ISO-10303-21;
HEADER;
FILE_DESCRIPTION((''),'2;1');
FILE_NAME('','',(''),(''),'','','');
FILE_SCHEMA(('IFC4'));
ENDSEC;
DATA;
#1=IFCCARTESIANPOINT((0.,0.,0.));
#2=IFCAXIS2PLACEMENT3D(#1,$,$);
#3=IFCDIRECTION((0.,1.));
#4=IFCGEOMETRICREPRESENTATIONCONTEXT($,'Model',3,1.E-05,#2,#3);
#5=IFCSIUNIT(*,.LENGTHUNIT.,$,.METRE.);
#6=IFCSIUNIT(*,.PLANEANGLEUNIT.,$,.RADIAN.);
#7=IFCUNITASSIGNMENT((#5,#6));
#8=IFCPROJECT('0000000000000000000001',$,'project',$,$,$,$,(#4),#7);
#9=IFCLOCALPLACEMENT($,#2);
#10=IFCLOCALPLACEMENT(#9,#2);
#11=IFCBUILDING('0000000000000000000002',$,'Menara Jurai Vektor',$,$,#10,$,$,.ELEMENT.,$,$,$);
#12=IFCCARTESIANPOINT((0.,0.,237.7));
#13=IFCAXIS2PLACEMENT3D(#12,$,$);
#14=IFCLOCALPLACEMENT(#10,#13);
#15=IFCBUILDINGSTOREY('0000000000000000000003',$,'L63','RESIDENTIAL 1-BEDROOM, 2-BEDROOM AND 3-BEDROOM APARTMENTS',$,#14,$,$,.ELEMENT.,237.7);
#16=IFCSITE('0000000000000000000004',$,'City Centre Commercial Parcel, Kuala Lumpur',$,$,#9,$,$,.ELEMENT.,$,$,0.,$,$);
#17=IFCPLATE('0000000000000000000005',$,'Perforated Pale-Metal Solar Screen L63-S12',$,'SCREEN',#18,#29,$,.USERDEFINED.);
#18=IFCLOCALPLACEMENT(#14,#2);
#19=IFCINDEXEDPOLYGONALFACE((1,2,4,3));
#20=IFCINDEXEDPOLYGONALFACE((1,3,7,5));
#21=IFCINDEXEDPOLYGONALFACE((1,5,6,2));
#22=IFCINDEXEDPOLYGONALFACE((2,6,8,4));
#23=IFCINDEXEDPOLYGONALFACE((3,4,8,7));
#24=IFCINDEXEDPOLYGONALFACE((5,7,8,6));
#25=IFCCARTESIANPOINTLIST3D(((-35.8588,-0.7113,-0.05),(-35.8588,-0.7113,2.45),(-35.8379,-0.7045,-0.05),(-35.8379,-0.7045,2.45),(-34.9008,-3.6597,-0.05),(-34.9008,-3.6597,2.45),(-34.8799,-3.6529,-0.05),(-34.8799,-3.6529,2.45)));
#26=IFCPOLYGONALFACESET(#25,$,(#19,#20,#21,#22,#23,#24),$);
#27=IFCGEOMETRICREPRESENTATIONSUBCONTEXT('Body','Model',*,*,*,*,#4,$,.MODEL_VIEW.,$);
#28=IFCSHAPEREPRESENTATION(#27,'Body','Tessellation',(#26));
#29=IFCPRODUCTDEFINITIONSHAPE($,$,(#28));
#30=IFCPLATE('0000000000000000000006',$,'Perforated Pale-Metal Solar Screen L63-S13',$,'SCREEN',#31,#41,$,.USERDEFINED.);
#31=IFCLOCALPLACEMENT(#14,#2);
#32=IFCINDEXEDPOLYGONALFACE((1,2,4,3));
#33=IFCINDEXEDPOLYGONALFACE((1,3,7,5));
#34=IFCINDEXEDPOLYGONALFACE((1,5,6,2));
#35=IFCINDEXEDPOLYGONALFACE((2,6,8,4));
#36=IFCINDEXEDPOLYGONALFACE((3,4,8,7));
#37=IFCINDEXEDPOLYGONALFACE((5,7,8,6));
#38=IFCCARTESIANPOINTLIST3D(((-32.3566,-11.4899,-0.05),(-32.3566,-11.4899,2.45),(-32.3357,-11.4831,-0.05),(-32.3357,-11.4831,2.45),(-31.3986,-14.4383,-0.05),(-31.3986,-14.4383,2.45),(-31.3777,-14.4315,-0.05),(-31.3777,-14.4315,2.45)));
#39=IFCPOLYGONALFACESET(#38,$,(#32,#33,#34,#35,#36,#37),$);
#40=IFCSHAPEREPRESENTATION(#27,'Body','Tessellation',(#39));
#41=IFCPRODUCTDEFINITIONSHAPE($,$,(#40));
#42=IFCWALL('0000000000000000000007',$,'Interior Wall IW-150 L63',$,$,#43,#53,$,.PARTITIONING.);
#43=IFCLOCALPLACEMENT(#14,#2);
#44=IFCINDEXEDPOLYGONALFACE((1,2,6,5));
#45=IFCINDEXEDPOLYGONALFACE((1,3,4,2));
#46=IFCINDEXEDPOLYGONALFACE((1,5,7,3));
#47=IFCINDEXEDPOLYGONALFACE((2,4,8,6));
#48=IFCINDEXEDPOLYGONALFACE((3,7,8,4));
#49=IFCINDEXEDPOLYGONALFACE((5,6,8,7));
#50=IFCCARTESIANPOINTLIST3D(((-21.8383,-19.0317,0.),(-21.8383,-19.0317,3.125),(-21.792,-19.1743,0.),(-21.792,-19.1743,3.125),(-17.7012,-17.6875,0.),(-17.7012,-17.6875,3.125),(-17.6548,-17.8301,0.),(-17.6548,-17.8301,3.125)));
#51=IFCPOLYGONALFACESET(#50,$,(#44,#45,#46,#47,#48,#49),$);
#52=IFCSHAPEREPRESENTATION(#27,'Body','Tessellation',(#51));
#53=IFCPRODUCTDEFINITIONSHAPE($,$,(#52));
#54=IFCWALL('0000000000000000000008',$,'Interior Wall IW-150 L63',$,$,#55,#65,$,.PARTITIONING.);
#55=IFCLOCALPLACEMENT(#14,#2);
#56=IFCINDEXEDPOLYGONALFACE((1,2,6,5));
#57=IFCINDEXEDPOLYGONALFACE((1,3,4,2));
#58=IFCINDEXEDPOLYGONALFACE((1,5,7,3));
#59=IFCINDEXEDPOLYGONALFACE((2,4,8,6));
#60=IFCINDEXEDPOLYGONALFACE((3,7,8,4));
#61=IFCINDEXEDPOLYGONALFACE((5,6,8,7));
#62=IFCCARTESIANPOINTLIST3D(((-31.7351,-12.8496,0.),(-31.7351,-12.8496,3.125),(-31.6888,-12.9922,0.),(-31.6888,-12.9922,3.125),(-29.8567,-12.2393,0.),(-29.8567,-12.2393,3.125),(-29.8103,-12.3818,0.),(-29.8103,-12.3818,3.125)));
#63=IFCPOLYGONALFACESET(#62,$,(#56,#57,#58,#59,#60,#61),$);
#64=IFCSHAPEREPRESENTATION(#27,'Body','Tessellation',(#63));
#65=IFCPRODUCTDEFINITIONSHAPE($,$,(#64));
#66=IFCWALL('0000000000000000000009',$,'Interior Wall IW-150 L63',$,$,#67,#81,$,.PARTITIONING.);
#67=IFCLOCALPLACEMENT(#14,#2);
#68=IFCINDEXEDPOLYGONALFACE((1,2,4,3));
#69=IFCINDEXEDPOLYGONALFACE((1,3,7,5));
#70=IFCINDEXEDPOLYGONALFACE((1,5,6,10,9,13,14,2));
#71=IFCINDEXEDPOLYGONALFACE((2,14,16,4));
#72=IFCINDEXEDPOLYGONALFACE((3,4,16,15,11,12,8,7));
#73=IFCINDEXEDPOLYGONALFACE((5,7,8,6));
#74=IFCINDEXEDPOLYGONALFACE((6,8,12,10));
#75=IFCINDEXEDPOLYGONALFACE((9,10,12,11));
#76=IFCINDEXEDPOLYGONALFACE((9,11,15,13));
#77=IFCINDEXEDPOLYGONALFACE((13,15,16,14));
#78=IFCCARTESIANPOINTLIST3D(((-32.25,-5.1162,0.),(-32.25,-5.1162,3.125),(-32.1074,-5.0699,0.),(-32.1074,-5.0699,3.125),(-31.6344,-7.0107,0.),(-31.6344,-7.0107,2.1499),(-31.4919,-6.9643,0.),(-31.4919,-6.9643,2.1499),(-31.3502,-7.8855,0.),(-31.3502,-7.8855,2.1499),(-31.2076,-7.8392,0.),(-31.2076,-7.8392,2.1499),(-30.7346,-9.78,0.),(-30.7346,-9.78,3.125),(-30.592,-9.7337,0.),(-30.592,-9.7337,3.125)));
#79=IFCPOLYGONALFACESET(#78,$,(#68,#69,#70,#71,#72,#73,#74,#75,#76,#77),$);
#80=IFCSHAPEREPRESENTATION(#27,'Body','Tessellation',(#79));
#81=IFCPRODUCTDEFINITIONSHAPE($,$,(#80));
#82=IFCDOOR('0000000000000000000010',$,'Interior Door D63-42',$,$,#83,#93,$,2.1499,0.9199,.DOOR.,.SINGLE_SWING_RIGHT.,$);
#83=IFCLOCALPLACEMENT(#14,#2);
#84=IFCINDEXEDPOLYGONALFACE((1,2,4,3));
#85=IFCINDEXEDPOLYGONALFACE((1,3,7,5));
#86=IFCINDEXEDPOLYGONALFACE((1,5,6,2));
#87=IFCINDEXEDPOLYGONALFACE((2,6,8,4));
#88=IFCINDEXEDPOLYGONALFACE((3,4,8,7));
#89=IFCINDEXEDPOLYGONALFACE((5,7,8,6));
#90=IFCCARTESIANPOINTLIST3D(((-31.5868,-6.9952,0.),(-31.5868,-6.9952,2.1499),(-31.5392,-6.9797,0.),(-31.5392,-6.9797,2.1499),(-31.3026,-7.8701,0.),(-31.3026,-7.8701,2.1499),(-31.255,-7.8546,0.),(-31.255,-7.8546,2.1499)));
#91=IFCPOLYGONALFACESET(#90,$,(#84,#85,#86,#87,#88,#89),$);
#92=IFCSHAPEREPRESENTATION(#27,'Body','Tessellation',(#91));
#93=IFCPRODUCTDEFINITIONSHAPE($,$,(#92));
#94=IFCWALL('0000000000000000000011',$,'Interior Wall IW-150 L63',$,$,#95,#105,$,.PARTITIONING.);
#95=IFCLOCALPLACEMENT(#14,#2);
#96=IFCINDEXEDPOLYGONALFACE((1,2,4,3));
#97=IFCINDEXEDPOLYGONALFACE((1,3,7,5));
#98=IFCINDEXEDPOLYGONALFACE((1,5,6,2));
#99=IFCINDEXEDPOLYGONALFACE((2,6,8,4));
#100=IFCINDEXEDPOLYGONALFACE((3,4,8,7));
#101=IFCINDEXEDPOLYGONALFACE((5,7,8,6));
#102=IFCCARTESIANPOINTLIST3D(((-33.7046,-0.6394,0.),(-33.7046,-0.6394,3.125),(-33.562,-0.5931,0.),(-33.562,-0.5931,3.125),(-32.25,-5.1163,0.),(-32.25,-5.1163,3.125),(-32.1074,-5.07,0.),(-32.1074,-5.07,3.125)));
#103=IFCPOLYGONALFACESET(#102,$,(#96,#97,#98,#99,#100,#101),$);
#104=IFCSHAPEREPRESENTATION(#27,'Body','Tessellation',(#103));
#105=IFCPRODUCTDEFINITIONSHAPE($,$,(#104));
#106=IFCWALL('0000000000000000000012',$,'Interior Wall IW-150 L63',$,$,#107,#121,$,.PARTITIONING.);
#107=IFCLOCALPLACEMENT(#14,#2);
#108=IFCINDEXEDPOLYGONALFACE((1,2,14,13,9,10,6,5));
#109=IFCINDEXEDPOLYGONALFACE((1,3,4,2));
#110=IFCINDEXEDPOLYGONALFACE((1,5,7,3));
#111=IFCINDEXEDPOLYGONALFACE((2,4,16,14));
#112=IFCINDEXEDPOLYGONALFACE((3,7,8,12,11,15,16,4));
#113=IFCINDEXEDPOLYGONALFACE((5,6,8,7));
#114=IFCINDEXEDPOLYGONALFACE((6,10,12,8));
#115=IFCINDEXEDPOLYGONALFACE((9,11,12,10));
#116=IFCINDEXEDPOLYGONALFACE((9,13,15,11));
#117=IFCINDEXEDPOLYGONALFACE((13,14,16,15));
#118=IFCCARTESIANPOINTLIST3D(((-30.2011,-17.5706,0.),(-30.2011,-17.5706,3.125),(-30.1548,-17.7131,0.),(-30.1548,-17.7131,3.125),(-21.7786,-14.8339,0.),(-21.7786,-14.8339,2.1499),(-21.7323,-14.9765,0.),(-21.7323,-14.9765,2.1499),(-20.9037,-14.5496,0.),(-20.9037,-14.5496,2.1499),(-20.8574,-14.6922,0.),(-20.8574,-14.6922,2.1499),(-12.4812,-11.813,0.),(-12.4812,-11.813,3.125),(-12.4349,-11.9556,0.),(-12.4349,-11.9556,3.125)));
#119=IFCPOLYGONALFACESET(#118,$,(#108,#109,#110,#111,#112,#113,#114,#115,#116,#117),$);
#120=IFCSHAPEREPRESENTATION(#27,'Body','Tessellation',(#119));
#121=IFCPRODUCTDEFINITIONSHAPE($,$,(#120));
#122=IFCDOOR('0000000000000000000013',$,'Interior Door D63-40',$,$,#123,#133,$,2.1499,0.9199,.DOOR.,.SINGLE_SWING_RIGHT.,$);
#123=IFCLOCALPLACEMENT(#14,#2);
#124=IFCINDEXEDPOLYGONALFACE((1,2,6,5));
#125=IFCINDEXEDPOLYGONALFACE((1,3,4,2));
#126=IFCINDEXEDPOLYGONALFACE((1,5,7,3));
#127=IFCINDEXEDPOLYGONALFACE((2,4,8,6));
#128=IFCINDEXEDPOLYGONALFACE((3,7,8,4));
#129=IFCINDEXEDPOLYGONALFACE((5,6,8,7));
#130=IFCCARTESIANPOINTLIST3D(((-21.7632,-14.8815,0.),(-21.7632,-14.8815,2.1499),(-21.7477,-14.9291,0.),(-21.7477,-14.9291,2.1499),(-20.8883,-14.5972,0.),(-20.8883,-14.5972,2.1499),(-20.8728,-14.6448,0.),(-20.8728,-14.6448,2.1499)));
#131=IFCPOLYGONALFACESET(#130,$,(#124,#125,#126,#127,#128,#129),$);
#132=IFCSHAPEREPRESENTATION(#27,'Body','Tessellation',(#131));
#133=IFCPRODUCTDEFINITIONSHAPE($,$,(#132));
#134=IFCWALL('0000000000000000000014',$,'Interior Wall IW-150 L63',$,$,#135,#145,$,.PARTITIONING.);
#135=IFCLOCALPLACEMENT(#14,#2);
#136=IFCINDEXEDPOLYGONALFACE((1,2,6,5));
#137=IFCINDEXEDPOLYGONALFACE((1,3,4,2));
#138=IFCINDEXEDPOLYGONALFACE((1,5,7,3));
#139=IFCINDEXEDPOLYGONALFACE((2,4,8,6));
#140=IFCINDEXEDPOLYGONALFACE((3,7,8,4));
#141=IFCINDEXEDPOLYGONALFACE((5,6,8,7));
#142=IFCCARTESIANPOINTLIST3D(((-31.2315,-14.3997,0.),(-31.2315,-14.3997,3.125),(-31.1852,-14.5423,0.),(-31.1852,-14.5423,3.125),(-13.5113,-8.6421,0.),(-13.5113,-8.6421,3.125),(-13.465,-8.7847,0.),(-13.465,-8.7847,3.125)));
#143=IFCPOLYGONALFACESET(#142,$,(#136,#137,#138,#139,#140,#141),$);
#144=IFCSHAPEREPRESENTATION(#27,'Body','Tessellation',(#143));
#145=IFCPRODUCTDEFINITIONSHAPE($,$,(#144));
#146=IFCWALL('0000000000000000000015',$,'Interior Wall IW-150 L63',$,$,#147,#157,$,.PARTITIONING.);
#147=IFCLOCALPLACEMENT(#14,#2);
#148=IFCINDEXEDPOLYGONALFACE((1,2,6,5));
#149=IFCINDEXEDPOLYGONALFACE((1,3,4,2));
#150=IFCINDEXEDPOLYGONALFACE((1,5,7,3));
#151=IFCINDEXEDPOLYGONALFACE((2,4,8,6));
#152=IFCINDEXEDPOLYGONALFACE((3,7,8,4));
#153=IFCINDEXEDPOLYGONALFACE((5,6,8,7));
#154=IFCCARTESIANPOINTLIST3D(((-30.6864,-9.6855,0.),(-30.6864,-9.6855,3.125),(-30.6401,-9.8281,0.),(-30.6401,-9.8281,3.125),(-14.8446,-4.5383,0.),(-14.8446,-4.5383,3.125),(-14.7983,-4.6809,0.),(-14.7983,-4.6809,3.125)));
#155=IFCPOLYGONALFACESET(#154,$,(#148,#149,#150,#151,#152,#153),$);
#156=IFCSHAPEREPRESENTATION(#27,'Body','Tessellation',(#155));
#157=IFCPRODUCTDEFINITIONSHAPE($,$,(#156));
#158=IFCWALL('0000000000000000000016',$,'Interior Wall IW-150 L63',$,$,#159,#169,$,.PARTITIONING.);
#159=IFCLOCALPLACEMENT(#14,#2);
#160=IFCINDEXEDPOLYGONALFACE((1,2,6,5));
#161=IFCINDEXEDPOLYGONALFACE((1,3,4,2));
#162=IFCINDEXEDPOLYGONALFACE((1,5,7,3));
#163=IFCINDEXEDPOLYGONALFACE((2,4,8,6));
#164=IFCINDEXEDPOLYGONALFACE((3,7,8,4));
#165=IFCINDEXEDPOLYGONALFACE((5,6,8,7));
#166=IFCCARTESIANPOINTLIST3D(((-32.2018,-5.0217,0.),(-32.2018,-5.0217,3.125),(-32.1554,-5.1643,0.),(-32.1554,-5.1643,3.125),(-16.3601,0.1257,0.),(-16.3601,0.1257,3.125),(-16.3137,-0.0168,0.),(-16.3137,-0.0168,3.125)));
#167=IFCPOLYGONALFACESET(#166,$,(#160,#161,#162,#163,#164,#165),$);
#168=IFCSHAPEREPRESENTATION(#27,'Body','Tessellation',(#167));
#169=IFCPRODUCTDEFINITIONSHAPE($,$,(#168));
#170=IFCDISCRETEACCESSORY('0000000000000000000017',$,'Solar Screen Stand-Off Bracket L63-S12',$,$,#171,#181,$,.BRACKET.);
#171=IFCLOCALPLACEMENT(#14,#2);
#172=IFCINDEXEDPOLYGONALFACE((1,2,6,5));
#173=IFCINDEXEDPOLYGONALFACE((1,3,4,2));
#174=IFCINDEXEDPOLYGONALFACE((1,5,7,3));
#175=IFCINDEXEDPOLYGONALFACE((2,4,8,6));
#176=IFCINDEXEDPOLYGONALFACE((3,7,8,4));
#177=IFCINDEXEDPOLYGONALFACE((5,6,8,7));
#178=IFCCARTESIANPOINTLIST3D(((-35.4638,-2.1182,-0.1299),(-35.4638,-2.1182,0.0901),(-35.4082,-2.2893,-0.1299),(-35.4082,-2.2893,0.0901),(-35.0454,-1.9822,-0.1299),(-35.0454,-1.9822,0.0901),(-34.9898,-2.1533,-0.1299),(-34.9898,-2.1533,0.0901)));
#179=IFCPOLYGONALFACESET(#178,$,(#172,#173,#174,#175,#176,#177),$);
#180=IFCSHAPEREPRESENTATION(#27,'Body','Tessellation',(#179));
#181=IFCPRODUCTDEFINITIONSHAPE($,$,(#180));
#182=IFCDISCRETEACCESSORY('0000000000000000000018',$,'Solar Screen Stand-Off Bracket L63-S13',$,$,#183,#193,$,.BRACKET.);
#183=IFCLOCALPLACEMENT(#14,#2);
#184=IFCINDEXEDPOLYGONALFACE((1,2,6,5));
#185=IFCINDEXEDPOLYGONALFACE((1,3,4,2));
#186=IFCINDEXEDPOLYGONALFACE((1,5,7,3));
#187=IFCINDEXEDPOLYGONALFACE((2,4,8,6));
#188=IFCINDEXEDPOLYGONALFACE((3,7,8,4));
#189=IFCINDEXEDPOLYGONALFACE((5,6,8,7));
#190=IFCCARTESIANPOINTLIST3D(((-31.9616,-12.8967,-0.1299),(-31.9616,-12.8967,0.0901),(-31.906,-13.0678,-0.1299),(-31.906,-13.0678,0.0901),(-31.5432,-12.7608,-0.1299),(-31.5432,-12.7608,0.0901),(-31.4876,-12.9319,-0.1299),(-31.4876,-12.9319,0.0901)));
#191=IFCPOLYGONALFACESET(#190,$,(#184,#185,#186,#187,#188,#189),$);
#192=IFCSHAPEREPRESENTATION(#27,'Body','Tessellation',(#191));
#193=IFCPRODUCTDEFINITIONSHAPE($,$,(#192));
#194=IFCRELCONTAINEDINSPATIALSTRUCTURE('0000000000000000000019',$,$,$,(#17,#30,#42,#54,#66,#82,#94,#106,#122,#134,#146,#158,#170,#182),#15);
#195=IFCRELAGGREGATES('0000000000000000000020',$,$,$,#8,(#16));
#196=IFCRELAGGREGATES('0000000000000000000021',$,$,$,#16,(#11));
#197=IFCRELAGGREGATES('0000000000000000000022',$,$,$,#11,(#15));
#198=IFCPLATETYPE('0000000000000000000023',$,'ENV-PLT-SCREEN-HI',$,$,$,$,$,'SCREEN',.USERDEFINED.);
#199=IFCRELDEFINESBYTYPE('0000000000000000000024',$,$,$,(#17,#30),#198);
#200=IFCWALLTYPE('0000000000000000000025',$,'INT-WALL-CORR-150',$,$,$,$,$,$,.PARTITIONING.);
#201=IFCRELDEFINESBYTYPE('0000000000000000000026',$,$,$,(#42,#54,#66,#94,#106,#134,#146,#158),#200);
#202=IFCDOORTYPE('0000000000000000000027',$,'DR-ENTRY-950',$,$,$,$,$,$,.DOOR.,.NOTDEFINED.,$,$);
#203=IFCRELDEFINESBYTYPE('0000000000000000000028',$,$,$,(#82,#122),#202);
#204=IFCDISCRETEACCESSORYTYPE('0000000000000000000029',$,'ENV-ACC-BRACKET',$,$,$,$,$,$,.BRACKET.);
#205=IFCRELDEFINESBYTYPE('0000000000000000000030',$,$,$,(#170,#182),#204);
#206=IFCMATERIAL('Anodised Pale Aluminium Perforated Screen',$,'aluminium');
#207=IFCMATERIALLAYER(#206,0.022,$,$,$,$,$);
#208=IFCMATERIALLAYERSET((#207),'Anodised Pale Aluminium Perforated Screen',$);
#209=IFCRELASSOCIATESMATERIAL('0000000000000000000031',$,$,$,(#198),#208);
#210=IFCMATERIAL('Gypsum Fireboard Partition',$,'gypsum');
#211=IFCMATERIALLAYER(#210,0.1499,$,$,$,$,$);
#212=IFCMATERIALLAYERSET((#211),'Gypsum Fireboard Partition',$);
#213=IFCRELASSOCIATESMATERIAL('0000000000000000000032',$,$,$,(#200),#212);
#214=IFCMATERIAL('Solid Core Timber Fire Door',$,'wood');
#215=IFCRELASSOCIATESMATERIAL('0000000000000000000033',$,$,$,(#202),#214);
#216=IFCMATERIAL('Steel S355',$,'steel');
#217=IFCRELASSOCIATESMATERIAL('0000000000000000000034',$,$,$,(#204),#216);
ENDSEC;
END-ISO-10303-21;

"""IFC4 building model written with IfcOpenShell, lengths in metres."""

from ifc_helpers import new_model, si_unit, direction, frame, frame_2d, origin, origin_2d, place, context, subcontext, project, spatial, rectangle, extrude, material, layer, layer_set, type_object, element, fill, save


model = new_model("IFC4")

# Units and contexts
model_context = context("Model", 3, precision=1e-05, world=origin(), true_north=direction((0.0, 1.0)))
body_context = subcontext(model_context, "Body", "Model", "MODEL_VIEW")
ifc_project = project(units=[si_unit("LENGTHUNIT", "METRE"), si_unit("PLANEANGLEUNIT", "RADIAN")], contexts=[model_context])

# Site, building, storey
site_placement = place(None, origin())
site = spatial("IfcSite", under=ifc_project, at=site_placement, Name="City Centre Commercial Parcel, Kuala Lumpur", CompositionType="ELEMENT", RefElevation=0.0)
building_placement = place(site_placement, origin())
building = spatial("IfcBuilding", under=site, at=building_placement, Name="Menara Jurai Vektor", CompositionType="ELEMENT")
storey_placement = place(building_placement, frame((0.0, 0.0, 237.7)))
storey = spatial("IfcBuildingStorey", under=building, at=storey_placement, Name="L63", Description="RESIDENTIAL 1-BEDROOM, 2-BEDROOM AND 3-BEDROOM APARTMENTS", CompositionType="ELEMENT", Elevation=237.7)

# Shared definitions
ifc_material_1 = material(Name="Steel S355", Category="steel")

# Plates
ifc_material_2 = material(Name="Anodised Pale Aluminium Perforated Screen", Category="aluminium")
ifc_layer_1 = layer(ifc_material_2, 0.022)
ifc_layer_set_1 = layer_set([ifc_layer_1], Name="Anodised Pale Aluminium Perforated Screen")
plate_type_1 = type_object("IfcPlateType", Name="ENV-PLT-SCREEN-HI", ElementType="SCREEN", PredefinedType="USERDEFINED", material=ifc_layer_set_1)
for number, where, z_axis, x_axis, name in (
    (1, (-35.3694, -2.1821, -0.05), (0.0, 0.0, 1.0), (0.309017, -0.951057, 0.0), "Perforated Pale-Metal Solar Screen L63-S12"),
    (2, (-31.8672, -12.9607, -0.05), (0.0, 0.0, 1.0), (0.309017, -0.951057, 0.0), "Perforated Pale-Metal Solar Screen L63-S13"),
):
    element("IfcPlate", number, at=place(storey_placement, frame(where, z_axis=z_axis, x_axis=x_axis)), inside=storey, type_object=plate_type_1, Name=name, ObjectType="SCREEN", PredefinedType="USERDEFINED", context=body_context, shape_type="SweptSolid", body=[
        extrude(rectangle(XDim=3.1001, YDim=0.022, at=origin_2d()), origin(), (0.0, 0.0, 1.0), 2.5),
    ])

# Walls
ifc_material_3 = material(Name="Gypsum Fireboard Partition", Category="gypsum")
ifc_layer_2 = layer(ifc_material_3, 0.1499)
ifc_layer_set_2 = layer_set([ifc_layer_2], Name="Gypsum Fireboard Partition")
wall_type = type_object("IfcWallType", Name="INT-WALL-CORR-150", PredefinedType="PARTITIONING", material=ifc_layer_set_2)
wall_1_placement = place(storey_placement, frame((-21.8152, -19.103, 0.0), z_axis=(0.0, 0.0, 1.0), x_axis=(0.951058, 0.309012, 0.0)))
element("IfcWall", 3, at=wall_1_placement, inside=storey, type_object=wall_type, Name="Interior Wall IW-150 L63", PredefinedType="PARTITIONING", context=body_context, shape_type="SweptSolid", body=[
    extrude(rectangle(XDim=4.3501, YDim=0.1499, at=frame_2d((2.175, 0.0))), origin(), (0.0, 0.0, 1.0), 3.125),
])
wall_2_placement = place(storey_placement, frame((-31.7119, -12.9209, 0.0), z_axis=(0.0, 0.0, 1.0), x_axis=(0.951054, 0.309025, 0.0)))
element("IfcWall", 4, at=wall_2_placement, inside=storey, type_object=wall_type, Name="Interior Wall IW-150 L63", PredefinedType="PARTITIONING", context=body_context, shape_type="SweptSolid", body=[
    extrude(rectangle(XDim=1.9751, YDim=0.1499, at=frame_2d((0.9875, 0.0))), origin(), (0.0, 0.0, 1.0), 3.125),
])

# Wall, opening, door
ifc_material_4 = material(Name="Solid Core Timber Fire Door", Category="wood")
door_type = type_object("IfcDoorType", Name="DR-ENTRY-950", OperationType="NOTDEFINED", PredefinedType="DOOR", material=ifc_material_4)
wall_3_placement = place(storey_placement, frame((-30.6633, -9.7568, 0.0), z_axis=(0.0, 0.0, 1.0), x_axis=(-0.30902, 0.951056, 0.0)))
wall_3 = element("IfcWall", 5, at=wall_3_placement, inside=storey, type_object=wall_type, Name="Interior Wall IW-150 L63", PredefinedType="PARTITIONING", context=body_context, shape_type="SweptSolid", body=[
    extrude(rectangle(XDim=4.9038, YDim=0.1499, at=frame_2d((2.4519, 0.0))), origin(), (0.0, 0.0, 1.0), 3.125),
])
opening_1_placement = place(wall_3_placement, frame((1.9919, 0.0, 0.0)))
opening_1 = element("IfcOpeningElement", 6, at=opening_1_placement, cuts=wall_3, PredefinedType="OPENING", context=body_context, shape_type="SweptSolid", body=[
    extrude(rectangle(XDim=0.9199, YDim=2.1499, at=frame_2d((0.46, 1.075))), frame((0.0, 0.085, 0.0), z_axis=(0.0, -1.0, 0.0), x_axis=(1.0, 0.0, 0.0)), (0.0, 0.0, 1.0), 0.1699),
])
door_1_placement = place(opening_1_placement, origin())
door_1 = element("IfcDoor", 7, at=door_1_placement, inside=storey, type_object=door_type, Name="Interior Door D63-42", OperationType="SINGLE_SWING_RIGHT", OverallHeight=2.1499, OverallWidth=0.9199, PredefinedType="DOOR", context=body_context, shape_type="SweptSolid", body=[
    extrude(rectangle(XDim=0.9199, YDim=2.1499, at=frame_2d((0.46, 1.075))), frame((0.0, 0.0249, 0.0), z_axis=(0.0, -1.0, 0.0), x_axis=(1.0, 0.0, 0.0)), (0.0, 0.0, 1.0), 0.05),
])
fill(opening_1, door_1)

# Wall
wall_4_placement = place(storey_placement, frame((-32.1787, -5.093, 0.0), z_axis=(0.0, 0.0, 1.0), x_axis=(-0.309015, 0.951057, 0.0)))
element("IfcWall", 8, at=wall_4_placement, inside=storey, type_object=wall_type, Name="Interior Wall IW-150 L63", PredefinedType="PARTITIONING", context=body_context, shape_type="SweptSolid", body=[
    extrude(rectangle(XDim=4.7073, YDim=0.1499, at=frame_2d((2.3535, 0.0))), origin(), (0.0, 0.0, 1.0), 3.125),
])

# Wall, opening, door
wall_5_placement = place(storey_placement, frame((-30.178, -17.6418, 0.0), z_axis=(0.0, 0.0, 1.0), x_axis=(0.951057, 0.309017, 0.0)))
wall_5 = element("IfcWall", 9, at=wall_5_placement, inside=storey, type_object=wall_type, Name="Interior Wall IW-150 L63", PredefinedType="PARTITIONING", context=body_context, shape_type="SweptSolid", body=[
    extrude(rectangle(XDim=18.6318, YDim=0.1499, at=frame_2d((9.3159, 0.0))), origin(), (0.0, 0.0, 1.0), 3.125),
])
opening_2_placement = place(wall_5_placement, frame((8.856, 0.0, 0.0)))
opening_2 = element("IfcOpeningElement", 10, at=opening_2_placement, cuts=wall_5, PredefinedType="OPENING", context=body_context, shape_type="SweptSolid", body=[
    extrude(rectangle(XDim=0.9199, YDim=2.1499, at=frame_2d((0.46, 1.075))), frame((0.0, 0.085, 0.0), z_axis=(0.0, -1.0, 0.0), x_axis=(1.0, 0.0, 0.0)), (0.0, 0.0, 1.0), 0.1699),
])
door_2_placement = place(opening_2_placement, origin())
door_2 = element("IfcDoor", 11, at=door_2_placement, inside=storey, type_object=door_type, Name="Interior Door D63-40", OperationType="SINGLE_SWING_RIGHT", OverallHeight=2.1499, OverallWidth=0.9199, PredefinedType="DOOR", context=body_context, shape_type="SweptSolid", body=[
    extrude(rectangle(XDim=0.9199, YDim=2.1499, at=frame_2d((0.46, 1.075))), frame((0.0, 0.0249, 0.0), z_axis=(0.0, -1.0, 0.0), x_axis=(1.0, 0.0, 0.0)), (0.0, 0.0, 1.0), 0.05),
])
fill(opening_2, door_2)

# Walls
wall_6_placement = place(storey_placement, frame((-31.2083, -14.4709, 0.0), z_axis=(0.0, 0.0, 1.0), x_axis=(0.951058, 0.309013, 0.0)))
element("IfcWall", 12, at=wall_6_placement, inside=storey, type_object=wall_type, Name="Interior Wall IW-150 L63", PredefinedType="PARTITIONING", context=body_context, shape_type="SweptSolid", body=[
    extrude(rectangle(XDim=18.6321, YDim=0.1499, at=frame_2d((9.3159, 0.0))), origin(), (0.0, 0.0, 1.0), 3.125),
])
for number, where, z_axis, x_axis, name in (
    (13, (-30.6633, -9.7568, 0.0), (0.0, 0.0, 1.0), (0.951058, 0.309012, 0.0), "Interior Wall IW-150 L63"),
    (14, (-32.1787, -5.093, 0.0), (0.0, 0.0, 1.0), (0.951054, 0.309025, 0.0), "Interior Wall IW-150 L63"),
):
    element("IfcWall", number, at=place(storey_placement, frame(where, z_axis=z_axis, x_axis=x_axis)), inside=storey, type_object=wall_type, Name=name, PredefinedType="PARTITIONING", context=body_context, shape_type="SweptSolid", body=[
        extrude(rectangle(XDim=16.657, YDim=0.1499, at=frame_2d((8.3286, 0.0))), origin(), (0.0, 0.0, 1.0), 3.125),
    ])

# Discrete accessories
discrete_accessory_type = type_object("IfcDiscreteAccessoryType", Name="ENV-ACC-BRACKET", PredefinedType="BRACKET", material=ifc_material_1)
for number, where, z_axis, x_axis, name in (
    (15, (-35.2268, -2.1357, -0.1299), (0.0, 0.0, 1.0), (0.309017, -0.951057, 0.0), "Solar Screen Stand-Off Bracket L63-S12"),
    (16, (-31.7246, -12.9143, -0.1299), (0.0, 0.0, 1.0), (0.309017, -0.951057, 0.0), "Solar Screen Stand-Off Bracket L63-S13"),
):
    element("IfcDiscreteAccessory", number, at=place(storey_placement, frame(where, z_axis=z_axis, x_axis=x_axis)), inside=storey, type_object=discrete_accessory_type, Name=name, PredefinedType="BRACKET", context=body_context, shape_type="SweptSolid", body=[
        extrude(rectangle(XDim=0.1799, YDim=0.4399, at=origin_2d()), origin(), (0.0, 0.0, 1.0), 0.22),
    ])

save(model, "model.ifc")
